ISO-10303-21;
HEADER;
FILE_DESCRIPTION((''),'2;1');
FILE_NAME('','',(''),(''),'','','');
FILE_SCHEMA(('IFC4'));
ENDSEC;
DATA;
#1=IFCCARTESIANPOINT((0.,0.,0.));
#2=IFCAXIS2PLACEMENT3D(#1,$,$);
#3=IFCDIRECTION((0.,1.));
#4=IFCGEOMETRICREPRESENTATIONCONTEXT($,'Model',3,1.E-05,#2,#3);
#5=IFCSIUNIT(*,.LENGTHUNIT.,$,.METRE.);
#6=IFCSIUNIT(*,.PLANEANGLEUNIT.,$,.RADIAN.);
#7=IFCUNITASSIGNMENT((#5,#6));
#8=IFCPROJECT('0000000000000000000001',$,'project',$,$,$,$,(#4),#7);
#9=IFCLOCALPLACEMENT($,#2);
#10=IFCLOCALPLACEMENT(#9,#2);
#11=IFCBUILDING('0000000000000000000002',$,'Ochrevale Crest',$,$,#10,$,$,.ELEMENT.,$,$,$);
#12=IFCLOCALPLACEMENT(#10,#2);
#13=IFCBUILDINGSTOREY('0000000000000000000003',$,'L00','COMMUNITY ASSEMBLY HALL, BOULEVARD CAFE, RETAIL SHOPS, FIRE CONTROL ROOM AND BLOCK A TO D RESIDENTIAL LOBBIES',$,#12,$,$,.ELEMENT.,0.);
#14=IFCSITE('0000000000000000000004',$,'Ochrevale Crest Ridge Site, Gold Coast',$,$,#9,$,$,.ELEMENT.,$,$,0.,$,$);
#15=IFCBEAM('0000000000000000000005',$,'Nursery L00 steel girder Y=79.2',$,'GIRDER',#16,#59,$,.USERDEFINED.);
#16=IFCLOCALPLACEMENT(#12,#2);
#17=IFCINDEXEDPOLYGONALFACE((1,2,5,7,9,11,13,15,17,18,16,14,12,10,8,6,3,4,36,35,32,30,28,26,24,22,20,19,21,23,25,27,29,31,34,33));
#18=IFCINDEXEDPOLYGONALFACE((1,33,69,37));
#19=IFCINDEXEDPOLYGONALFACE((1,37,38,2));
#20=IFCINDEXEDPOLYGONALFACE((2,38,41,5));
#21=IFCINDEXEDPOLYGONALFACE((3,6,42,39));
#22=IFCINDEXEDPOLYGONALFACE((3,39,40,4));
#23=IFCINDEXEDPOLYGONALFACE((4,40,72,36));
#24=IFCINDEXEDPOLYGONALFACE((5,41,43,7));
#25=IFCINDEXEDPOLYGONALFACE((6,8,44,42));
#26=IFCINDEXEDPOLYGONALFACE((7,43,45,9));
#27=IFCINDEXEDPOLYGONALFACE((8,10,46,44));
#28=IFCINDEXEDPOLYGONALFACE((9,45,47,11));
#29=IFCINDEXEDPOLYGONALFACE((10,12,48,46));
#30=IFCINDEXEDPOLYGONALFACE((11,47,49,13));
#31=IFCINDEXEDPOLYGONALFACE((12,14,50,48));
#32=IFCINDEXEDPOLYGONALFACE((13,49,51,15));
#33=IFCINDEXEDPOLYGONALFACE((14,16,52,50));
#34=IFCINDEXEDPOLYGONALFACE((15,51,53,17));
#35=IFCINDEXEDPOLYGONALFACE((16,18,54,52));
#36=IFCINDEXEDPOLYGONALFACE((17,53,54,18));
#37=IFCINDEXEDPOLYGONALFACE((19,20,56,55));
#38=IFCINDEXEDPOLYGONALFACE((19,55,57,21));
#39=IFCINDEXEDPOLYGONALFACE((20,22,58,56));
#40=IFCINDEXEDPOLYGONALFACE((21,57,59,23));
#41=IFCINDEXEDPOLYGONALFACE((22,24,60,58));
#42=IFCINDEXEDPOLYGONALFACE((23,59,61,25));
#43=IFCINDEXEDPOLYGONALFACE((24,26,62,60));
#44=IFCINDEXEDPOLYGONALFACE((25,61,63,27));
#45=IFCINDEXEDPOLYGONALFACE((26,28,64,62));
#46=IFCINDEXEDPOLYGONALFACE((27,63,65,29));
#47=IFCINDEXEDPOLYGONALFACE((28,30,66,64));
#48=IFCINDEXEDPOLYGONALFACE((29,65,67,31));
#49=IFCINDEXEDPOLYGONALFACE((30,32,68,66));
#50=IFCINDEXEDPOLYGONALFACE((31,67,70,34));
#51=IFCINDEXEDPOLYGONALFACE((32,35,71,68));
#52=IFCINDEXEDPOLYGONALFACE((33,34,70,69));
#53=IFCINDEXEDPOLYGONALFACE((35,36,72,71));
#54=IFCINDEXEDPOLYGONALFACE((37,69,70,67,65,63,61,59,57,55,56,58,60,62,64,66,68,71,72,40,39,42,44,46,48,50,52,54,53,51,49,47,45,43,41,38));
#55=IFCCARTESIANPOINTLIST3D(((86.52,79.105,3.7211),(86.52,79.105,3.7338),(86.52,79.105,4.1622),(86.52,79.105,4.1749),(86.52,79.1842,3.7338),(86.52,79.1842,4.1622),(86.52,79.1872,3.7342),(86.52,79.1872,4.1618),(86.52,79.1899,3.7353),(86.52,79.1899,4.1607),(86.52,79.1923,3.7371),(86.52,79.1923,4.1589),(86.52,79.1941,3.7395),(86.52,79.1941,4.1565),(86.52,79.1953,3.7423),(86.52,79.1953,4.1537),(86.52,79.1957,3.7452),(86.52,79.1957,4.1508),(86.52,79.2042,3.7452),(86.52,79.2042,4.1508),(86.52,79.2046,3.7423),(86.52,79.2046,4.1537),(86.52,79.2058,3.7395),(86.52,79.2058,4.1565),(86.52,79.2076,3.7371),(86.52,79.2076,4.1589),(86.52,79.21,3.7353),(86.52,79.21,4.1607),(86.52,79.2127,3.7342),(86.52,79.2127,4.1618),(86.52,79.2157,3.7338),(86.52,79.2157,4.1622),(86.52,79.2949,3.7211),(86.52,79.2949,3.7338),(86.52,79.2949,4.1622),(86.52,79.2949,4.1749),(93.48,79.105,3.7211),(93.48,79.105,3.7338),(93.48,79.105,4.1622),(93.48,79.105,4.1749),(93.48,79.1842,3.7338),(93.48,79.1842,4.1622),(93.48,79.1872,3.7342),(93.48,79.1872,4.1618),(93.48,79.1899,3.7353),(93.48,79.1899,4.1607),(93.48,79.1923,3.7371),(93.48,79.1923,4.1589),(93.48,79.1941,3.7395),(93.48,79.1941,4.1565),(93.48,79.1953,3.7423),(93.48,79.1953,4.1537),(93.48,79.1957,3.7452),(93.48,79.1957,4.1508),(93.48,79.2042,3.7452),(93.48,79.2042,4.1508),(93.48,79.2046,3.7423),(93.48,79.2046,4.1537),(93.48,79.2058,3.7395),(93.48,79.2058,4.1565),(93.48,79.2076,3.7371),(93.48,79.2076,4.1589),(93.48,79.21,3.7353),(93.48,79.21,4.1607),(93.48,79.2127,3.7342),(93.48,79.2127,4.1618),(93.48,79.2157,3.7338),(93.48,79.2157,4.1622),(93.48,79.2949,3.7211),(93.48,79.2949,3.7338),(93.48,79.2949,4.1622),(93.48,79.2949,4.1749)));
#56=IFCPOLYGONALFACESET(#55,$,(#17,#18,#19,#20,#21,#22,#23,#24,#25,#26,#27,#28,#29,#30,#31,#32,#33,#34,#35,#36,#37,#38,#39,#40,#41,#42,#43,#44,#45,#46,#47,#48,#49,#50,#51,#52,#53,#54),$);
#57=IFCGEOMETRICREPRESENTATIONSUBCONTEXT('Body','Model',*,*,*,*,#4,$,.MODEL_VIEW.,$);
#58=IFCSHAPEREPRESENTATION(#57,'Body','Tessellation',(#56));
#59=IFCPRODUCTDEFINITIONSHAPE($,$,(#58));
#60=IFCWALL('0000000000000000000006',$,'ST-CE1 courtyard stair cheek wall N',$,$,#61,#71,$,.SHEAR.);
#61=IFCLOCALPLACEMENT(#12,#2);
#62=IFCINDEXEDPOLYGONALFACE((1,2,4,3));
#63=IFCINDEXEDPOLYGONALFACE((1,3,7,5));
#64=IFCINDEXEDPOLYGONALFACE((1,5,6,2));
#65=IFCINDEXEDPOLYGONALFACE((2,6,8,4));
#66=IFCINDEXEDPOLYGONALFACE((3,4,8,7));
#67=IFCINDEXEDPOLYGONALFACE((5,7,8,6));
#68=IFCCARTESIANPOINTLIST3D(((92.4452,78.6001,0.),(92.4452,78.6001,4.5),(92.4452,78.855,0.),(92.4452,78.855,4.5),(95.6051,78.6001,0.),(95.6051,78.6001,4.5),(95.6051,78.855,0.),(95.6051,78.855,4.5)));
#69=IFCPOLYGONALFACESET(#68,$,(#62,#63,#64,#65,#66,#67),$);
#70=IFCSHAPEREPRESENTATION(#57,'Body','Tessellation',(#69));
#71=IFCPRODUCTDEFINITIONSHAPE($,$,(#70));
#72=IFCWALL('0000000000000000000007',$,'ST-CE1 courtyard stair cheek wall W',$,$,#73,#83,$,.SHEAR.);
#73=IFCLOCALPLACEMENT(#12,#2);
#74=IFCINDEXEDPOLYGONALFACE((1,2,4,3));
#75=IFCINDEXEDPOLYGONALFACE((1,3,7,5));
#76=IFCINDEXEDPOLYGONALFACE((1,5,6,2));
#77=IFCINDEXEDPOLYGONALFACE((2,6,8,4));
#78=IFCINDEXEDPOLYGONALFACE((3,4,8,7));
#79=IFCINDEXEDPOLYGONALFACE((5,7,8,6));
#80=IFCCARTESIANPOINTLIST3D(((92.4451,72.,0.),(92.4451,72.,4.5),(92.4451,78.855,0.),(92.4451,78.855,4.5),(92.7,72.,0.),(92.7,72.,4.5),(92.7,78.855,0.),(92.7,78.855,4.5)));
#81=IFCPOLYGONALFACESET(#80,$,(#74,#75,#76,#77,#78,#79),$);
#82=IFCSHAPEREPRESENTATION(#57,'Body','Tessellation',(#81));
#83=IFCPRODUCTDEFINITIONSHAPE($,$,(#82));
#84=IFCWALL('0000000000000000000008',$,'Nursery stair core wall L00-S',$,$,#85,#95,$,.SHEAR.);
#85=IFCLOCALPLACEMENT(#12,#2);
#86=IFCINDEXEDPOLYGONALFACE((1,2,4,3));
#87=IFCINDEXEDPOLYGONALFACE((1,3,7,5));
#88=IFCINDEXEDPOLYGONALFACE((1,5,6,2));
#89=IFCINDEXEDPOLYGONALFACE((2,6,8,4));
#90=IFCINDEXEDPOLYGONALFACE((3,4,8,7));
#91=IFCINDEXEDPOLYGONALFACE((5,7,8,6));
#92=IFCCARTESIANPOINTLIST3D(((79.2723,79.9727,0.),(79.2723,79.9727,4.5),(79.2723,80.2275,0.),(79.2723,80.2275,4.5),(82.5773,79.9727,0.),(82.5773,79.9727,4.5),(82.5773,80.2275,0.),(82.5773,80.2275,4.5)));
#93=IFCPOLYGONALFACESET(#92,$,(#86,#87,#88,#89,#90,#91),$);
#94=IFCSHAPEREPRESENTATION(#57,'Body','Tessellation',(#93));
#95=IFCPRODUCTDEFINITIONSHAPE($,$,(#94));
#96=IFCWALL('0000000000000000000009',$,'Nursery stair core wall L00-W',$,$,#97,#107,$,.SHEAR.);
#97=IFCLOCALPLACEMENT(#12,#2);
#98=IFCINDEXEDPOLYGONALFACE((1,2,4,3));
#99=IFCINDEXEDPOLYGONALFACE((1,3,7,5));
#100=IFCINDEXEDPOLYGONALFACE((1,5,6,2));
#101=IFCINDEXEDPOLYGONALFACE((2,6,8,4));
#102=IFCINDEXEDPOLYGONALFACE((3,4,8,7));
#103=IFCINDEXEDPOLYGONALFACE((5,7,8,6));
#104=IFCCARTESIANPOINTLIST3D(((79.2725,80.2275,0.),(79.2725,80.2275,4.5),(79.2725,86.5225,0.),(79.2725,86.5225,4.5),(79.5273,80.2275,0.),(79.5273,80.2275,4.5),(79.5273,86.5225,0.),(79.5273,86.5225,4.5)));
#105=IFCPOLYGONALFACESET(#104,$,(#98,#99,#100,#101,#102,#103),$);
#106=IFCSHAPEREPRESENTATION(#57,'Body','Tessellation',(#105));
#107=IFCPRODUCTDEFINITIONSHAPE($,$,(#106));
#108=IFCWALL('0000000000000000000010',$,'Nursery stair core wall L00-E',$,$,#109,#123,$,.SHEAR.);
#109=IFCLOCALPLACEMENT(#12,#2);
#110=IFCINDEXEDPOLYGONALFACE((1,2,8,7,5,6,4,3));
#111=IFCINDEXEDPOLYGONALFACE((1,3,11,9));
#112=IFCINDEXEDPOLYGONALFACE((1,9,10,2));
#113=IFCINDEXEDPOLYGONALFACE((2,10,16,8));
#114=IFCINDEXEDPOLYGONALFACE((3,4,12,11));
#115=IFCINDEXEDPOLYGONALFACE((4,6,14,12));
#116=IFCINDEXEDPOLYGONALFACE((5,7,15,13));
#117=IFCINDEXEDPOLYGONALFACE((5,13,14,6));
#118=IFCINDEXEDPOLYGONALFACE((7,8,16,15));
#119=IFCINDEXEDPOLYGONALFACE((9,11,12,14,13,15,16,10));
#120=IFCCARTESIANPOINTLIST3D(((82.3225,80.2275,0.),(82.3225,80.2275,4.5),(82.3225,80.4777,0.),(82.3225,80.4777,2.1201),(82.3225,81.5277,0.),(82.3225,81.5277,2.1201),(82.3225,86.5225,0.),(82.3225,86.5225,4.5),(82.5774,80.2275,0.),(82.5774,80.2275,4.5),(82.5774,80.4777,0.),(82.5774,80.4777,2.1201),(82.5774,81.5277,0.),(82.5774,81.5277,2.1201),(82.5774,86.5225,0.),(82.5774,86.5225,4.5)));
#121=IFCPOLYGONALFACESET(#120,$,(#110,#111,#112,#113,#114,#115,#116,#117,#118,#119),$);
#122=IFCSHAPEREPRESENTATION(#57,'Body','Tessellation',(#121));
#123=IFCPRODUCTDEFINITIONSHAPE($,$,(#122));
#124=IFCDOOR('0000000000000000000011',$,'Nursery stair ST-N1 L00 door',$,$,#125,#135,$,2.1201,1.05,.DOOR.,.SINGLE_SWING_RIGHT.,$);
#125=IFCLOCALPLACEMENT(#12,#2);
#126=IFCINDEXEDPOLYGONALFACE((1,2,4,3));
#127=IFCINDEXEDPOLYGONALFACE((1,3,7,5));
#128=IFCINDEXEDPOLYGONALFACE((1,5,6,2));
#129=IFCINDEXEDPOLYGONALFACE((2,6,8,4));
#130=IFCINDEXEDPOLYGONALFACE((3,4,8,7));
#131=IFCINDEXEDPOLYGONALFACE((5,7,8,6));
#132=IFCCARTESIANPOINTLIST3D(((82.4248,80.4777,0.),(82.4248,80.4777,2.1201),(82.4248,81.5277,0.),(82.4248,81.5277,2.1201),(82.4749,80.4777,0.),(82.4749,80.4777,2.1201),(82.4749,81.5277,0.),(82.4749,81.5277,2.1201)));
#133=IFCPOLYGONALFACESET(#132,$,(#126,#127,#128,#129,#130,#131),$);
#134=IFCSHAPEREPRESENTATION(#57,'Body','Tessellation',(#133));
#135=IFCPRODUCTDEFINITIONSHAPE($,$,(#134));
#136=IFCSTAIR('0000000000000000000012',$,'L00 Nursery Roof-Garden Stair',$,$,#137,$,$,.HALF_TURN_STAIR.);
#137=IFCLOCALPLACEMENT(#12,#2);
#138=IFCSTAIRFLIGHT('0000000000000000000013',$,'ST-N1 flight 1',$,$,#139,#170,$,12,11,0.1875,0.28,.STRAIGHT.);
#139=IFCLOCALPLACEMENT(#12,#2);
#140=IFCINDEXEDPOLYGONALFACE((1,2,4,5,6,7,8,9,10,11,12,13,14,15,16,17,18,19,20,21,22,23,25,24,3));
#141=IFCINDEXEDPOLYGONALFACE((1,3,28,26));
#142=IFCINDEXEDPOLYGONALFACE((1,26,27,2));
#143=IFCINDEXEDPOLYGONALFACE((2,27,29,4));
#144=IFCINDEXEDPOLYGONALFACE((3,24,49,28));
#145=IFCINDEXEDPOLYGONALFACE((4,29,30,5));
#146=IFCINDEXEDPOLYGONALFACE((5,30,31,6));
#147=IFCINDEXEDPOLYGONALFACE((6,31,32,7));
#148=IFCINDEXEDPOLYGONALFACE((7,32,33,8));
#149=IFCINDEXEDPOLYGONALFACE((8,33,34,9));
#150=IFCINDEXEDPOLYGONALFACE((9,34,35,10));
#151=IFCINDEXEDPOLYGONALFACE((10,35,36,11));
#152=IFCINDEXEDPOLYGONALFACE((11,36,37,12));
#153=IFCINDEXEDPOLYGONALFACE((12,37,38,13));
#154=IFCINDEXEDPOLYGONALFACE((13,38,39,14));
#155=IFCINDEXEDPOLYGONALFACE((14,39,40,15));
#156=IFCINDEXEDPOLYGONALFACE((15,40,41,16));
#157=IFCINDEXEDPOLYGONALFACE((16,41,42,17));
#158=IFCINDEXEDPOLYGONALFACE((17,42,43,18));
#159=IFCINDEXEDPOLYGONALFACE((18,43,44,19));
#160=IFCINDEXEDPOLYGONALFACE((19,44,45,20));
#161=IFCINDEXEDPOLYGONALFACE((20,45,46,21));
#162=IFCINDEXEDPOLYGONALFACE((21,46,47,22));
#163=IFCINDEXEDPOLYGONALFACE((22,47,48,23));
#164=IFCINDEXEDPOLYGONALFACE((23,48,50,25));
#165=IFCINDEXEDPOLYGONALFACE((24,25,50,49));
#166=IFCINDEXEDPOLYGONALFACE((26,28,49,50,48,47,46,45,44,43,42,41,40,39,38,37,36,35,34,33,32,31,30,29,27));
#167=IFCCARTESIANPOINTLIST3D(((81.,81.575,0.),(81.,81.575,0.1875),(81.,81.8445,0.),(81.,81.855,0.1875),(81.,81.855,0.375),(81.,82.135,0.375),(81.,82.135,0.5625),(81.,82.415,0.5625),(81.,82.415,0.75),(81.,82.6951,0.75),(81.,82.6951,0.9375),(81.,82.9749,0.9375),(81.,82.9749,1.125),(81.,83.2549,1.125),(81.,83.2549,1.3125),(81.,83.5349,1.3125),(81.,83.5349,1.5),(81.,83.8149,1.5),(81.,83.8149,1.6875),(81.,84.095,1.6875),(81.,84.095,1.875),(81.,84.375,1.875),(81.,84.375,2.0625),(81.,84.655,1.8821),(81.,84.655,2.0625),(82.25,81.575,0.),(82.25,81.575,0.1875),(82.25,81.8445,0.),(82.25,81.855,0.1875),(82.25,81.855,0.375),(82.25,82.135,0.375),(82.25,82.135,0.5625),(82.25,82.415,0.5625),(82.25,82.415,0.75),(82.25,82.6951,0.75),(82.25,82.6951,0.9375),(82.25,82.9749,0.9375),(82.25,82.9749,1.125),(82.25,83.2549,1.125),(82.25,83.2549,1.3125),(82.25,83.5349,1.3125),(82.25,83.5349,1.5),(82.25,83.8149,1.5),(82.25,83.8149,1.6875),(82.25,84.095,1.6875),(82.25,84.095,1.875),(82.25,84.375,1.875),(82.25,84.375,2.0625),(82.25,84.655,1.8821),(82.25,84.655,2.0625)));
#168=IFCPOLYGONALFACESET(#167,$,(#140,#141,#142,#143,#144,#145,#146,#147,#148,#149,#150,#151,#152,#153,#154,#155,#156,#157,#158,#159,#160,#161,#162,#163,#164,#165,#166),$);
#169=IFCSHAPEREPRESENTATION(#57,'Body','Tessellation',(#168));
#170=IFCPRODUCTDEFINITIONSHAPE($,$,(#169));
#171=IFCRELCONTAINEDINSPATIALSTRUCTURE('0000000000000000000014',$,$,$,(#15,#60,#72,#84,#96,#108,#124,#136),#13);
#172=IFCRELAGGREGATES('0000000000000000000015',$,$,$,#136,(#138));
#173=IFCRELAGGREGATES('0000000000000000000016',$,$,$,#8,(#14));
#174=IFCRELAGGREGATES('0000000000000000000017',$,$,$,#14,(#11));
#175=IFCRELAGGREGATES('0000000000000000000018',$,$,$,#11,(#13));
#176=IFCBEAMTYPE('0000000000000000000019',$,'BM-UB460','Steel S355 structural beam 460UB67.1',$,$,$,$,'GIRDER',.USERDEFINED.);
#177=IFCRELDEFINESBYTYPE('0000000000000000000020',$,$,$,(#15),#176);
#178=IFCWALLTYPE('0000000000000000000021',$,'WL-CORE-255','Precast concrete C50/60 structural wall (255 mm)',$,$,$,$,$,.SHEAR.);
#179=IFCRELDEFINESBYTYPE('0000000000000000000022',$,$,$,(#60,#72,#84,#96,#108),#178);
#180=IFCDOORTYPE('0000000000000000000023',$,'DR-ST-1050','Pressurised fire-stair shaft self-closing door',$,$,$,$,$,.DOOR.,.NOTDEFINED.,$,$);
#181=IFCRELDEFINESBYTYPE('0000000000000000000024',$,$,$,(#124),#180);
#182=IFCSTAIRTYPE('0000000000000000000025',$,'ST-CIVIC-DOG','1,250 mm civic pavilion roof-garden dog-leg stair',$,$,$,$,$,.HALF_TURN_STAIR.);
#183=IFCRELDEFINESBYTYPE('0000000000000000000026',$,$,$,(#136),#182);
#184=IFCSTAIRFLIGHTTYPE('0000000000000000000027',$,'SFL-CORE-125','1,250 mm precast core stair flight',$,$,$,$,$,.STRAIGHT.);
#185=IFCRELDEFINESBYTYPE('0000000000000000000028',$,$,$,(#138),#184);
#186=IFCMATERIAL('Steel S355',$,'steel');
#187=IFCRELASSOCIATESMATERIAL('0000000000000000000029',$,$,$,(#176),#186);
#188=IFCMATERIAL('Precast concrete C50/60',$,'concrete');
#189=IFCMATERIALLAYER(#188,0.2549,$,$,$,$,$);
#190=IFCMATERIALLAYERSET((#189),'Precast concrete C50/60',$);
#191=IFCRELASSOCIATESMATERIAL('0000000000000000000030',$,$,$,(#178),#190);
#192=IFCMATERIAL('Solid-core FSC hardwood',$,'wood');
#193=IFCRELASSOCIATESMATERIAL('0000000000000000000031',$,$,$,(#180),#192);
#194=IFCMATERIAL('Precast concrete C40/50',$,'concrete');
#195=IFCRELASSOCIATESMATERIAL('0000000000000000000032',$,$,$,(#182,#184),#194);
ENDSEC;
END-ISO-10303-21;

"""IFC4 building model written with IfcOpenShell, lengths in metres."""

from ifc_helpers import new_model, si_unit, direction, frame, frame_2d, origin, origin_2d, place, context, subcontext, project, spatial, polyline, rectangle, i_section, outline, extrude, material, layer, layer_set, material_profile, profile_set, type_object, element, fill, aggregate, save


model = new_model("IFC4")

# Units and contexts
model_context = context("Model", 3, precision=1e-05, world=origin(), true_north=direction((0.0, 1.0)))
body_context = subcontext(model_context, "Body", "Model", "MODEL_VIEW")
ifc_project = project(units=[si_unit("LENGTHUNIT", "METRE"), si_unit("PLANEANGLEUNIT", "RADIAN")], contexts=[model_context])

# Site, building, storey
site_placement = place(None, origin())
site = spatial("IfcSite", under=ifc_project, at=site_placement, Name="Ochrevale Crest Ridge Site, Gold Coast", CompositionType="ELEMENT", RefElevation=0.0)
building_placement = place(site_placement, origin())
building = spatial("IfcBuilding", under=site, at=building_placement, Name="Ochrevale Crest", CompositionType="ELEMENT")
storey_placement = place(building_placement, origin())
storey = spatial("IfcBuildingStorey", under=building, at=storey_placement, Name="L00", Description="COMMUNITY ASSEMBLY HALL, BOULEVARD CAFE, RETAIL SHOPS, FIRE CONTROL ROOM AND BLOCK A TO D RESIDENTIAL LOBBIES", CompositionType="ELEMENT", Elevation=0.0)

# Shared definitions
ifc_material_1 = material(Name="Steel S355", Category="steel")

# Beam
ifc_material_profile_1 = material_profile(ifc_material_1, i_section(OverallWidth=0.1899, OverallDepth=0.4539, WebThickness=0.0085, FlangeThickness=0.0127, FilletRadius=0.0115, at=origin_2d()), Name="460UB67.1")
ifc_profile_set_1 = profile_set([ifc_material_profile_1], Name="Steel S355")
beam_type_1 = type_object("IfcBeamType", Name="BM-UB460", Description="Steel S355 structural beam 460UB67.1", ElementType="GIRDER", PredefinedType="USERDEFINED", material=ifc_profile_set_1)
for number, where, z_axis, x_axis, name in (
    (1, (86.52, 79.2, 3.948), (1.0, 0.0, 0.0), (0.0, 1.0, 0.0), "Nursery L00 steel girder Y=79.2"),
):
    element("IfcBeam", number, at=place(storey_placement, frame(where, z_axis=z_axis, x_axis=x_axis)), inside=storey, type_object=beam_type_1, Name=name, ObjectType="GIRDER", PredefinedType="USERDEFINED", context=body_context, shape_type="SweptSolid", body=[
        extrude(i_section(OverallWidth=0.1899, OverallDepth=0.4539, WebThickness=0.0085, FlangeThickness=0.0127, FilletRadius=0.0115, at=origin_2d()), origin(), (0.0, 0.0, 1.0), 6.96),
    ])

# Walls
ifc_material_2 = material(Name="Precast concrete C50/60", Category="concrete")
ifc_layer = layer(ifc_material_2, 0.2549)
ifc_layer_set = layer_set([ifc_layer], Name="Precast concrete C50/60")
wall_type = type_object("IfcWallType", Name="WL-CORE-255", Description="Precast concrete C50/60 structural wall (255 mm)", PredefinedType="SHEAR", material=ifc_layer_set)
wall_1_placement = place(storey_placement, frame((92.4451, 78.7275, 0.0), z_axis=(0.0, 0.0, 1.0), x_axis=(1.0, 0.0, 0.0)))
element("IfcWall", 2, at=wall_1_placement, inside=storey, type_object=wall_type, Name="ST-CE1 courtyard stair cheek wall N", PredefinedType="SHEAR", context=body_context, shape_type="SweptSolid", body=[
    extrude(rectangle(XDim=3.1599, YDim=0.2549, at=frame_2d((1.5801, 0.0))), origin(), (0.0, 0.0, 1.0), 4.5),
])
wall_2_placement = place(storey_placement, frame((92.5725, 72.0, 0.0), z_axis=(0.0, 0.0, 1.0), x_axis=(0.0, 1.0, 0.0)))
element("IfcWall", 3, at=wall_2_placement, inside=storey, type_object=wall_type, Name="ST-CE1 courtyard stair cheek wall W", PredefinedType="SHEAR", context=body_context, shape_type="SweptSolid", body=[
    extrude(rectangle(XDim=6.855, YDim=0.2549, at=frame_2d((3.4275, 0.0))), origin(), (0.0, 0.0, 1.0), 4.5),
])
wall_3_placement = place(storey_placement, frame((79.2725, 80.1001, 0.0), z_axis=(0.0, 0.0, 1.0), x_axis=(1.0, 0.0, 0.0)))
element("IfcWall", 4, at=wall_3_placement, inside=storey, type_object=wall_type, Name="Nursery stair core wall L00-S", PredefinedType="SHEAR", context=body_context, shape_type="SweptSolid", body=[
    extrude(rectangle(XDim=3.3049, YDim=0.2549, at=frame_2d((1.6523, 0.0))), origin(), (0.0, 0.0, 1.0), 4.5),
])
wall_4_placement = place(storey_placement, frame((79.3999, 80.2275, 0.0), z_axis=(0.0, 0.0, 1.0), x_axis=(0.0, 1.0, 0.0)))
element("IfcWall", 5, at=wall_4_placement, inside=storey, type_object=wall_type, Name="Nursery stair core wall L00-W", PredefinedType="SHEAR", context=body_context, shape_type="SweptSolid", body=[
    extrude(rectangle(XDim=6.2949, YDim=0.2549, at=frame_2d((3.1475, 0.0))), origin(), (0.0, 0.0, 1.0), 4.5),
])

# Wall, opening, door
wall_5_placement = place(storey_placement, frame((82.45, 80.2275, 0.0), z_axis=(0.0, 0.0, 1.0), x_axis=(0.0, 1.0, 0.0)))
wall_5 = element("IfcWall", 6, at=wall_5_placement, inside=storey, type_object=wall_type, Name="Nursery stair core wall L00-E", PredefinedType="SHEAR", context=body_context, shape_type="SweptSolid", body=[
    extrude(rectangle(XDim=6.2949, YDim=0.2549, at=frame_2d((3.1475, 0.0))), origin(), (0.0, 0.0, 1.0), 4.5),
])
opening_placement = place(wall_5_placement, frame((1.3, 0.0, 0.0), z_axis=(0.0, 0.0, 1.0), x_axis=(-1.0, 0.0, 0.0)))
opening = element("IfcOpeningElement", 7, at=opening_placement, cuts=wall_5, PredefinedType="OPENING", context=body_context, shape_type="SweptSolid", body=[
    extrude(rectangle(XDim=1.05, YDim=2.1201, at=frame_2d((0.5249, 1.0601))), frame((0.0, 0.1375, 0.0), z_axis=(0.0, -1.0, 0.0), x_axis=(1.0, 0.0, 0.0)), (0.0, 0.0, 1.0), 0.2749),
])
ifc_material_3 = material(Name="Solid-core FSC hardwood", Category="wood")
door_type = type_object("IfcDoorType", Name="DR-ST-1050", Description="Pressurised fire-stair shaft self-closing door", OperationType="NOTDEFINED", PredefinedType="DOOR", material=ifc_material_3)
door_placement = place(opening_placement, origin())
door = element("IfcDoor", 8, at=door_placement, inside=storey, type_object=door_type, Name="Nursery stair ST-N1 L00 door", OperationType="SINGLE_SWING_RIGHT", OverallHeight=2.1201, OverallWidth=1.05, PredefinedType="DOOR", context=body_context, shape_type="SweptSolid", body=[
    extrude(rectangle(XDim=1.05, YDim=2.1201, at=frame_2d((0.5249, 1.0601))), frame((0.0, 0.0249, 0.0), z_axis=(0.0, -1.0, 0.0), x_axis=(1.0, 0.0, 0.0)), (0.0, 0.0, 1.0), 0.05),
])
fill(opening, door)

# Stair, stair flight
ifc_material_4 = material(Name="Precast concrete C40/50", Category="concrete")
stair_type = type_object("IfcStairType", Name="ST-CIVIC-DOG", Description="1,250 mm civic pavilion roof-garden dog-leg stair", PredefinedType="HALF_TURN_STAIR", material=ifc_material_4)
stair_1_placement = place(storey_placement, origin())
stair_1 = element("IfcStair", 9, at=stair_1_placement, inside=storey, type_object=stair_type, Name="L00 Nursery Roof-Garden Stair", PredefinedType="HALF_TURN_STAIR")
stair_flight_type = type_object("IfcStairFlightType", Name="SFL-CORE-125", Description="1,250 mm precast core stair flight", PredefinedType="STRAIGHT", material=ifc_material_4)
stair_flight_1_placement = place(storey_placement, frame((81.625, 81.575, 0.0), z_axis=(0.0, 0.0, 1.0), x_axis=(0.0, 1.0, 0.0)))
stair_flight_1 = element("IfcStairFlight", 10, at=stair_flight_1_placement, type_object=stair_flight_type, Name="ST-N1 flight 1", NumberOfRisers=12, NumberOfTreads=11, PredefinedType="STRAIGHT", RiserHeight=0.1875, TreadLength=0.28, context=body_context, shape_type="SweptSolid", body=[
    extrude(outline(polyline([(0.0, 0.0), (0.0, 0.1875), (0.28, 0.1875), (0.28, 0.375), (0.5601, 0.375), (0.5601, 0.5625), (0.8401, 0.5625), (0.8401, 0.75), (1.1201, 0.75), (1.1201, 0.9375), (1.3999, 0.9375), (1.3999, 1.125), (1.6799, 1.125), (1.6799, 1.3125), (1.96, 1.3125), (1.96, 1.5), (2.24, 1.5), (2.24, 1.6875), (2.52, 1.6875), (2.52, 1.875), (2.8, 1.875), (2.8, 2.0625), (3.0801, 2.0625), (3.0801, 2.25), (3.0801, 1.8821), (0.2695, 0.0), (0.0, 0.0)])), frame((0.0, 0.625, 0.0), z_axis=(0.0, -1.0, 0.0), x_axis=(1.0, 0.0, 0.0)), (0.0, 0.0, 1.0), 1.25),
])
aggregate(stair_1, [stair_flight_1])

save(model, "model.ifc")
